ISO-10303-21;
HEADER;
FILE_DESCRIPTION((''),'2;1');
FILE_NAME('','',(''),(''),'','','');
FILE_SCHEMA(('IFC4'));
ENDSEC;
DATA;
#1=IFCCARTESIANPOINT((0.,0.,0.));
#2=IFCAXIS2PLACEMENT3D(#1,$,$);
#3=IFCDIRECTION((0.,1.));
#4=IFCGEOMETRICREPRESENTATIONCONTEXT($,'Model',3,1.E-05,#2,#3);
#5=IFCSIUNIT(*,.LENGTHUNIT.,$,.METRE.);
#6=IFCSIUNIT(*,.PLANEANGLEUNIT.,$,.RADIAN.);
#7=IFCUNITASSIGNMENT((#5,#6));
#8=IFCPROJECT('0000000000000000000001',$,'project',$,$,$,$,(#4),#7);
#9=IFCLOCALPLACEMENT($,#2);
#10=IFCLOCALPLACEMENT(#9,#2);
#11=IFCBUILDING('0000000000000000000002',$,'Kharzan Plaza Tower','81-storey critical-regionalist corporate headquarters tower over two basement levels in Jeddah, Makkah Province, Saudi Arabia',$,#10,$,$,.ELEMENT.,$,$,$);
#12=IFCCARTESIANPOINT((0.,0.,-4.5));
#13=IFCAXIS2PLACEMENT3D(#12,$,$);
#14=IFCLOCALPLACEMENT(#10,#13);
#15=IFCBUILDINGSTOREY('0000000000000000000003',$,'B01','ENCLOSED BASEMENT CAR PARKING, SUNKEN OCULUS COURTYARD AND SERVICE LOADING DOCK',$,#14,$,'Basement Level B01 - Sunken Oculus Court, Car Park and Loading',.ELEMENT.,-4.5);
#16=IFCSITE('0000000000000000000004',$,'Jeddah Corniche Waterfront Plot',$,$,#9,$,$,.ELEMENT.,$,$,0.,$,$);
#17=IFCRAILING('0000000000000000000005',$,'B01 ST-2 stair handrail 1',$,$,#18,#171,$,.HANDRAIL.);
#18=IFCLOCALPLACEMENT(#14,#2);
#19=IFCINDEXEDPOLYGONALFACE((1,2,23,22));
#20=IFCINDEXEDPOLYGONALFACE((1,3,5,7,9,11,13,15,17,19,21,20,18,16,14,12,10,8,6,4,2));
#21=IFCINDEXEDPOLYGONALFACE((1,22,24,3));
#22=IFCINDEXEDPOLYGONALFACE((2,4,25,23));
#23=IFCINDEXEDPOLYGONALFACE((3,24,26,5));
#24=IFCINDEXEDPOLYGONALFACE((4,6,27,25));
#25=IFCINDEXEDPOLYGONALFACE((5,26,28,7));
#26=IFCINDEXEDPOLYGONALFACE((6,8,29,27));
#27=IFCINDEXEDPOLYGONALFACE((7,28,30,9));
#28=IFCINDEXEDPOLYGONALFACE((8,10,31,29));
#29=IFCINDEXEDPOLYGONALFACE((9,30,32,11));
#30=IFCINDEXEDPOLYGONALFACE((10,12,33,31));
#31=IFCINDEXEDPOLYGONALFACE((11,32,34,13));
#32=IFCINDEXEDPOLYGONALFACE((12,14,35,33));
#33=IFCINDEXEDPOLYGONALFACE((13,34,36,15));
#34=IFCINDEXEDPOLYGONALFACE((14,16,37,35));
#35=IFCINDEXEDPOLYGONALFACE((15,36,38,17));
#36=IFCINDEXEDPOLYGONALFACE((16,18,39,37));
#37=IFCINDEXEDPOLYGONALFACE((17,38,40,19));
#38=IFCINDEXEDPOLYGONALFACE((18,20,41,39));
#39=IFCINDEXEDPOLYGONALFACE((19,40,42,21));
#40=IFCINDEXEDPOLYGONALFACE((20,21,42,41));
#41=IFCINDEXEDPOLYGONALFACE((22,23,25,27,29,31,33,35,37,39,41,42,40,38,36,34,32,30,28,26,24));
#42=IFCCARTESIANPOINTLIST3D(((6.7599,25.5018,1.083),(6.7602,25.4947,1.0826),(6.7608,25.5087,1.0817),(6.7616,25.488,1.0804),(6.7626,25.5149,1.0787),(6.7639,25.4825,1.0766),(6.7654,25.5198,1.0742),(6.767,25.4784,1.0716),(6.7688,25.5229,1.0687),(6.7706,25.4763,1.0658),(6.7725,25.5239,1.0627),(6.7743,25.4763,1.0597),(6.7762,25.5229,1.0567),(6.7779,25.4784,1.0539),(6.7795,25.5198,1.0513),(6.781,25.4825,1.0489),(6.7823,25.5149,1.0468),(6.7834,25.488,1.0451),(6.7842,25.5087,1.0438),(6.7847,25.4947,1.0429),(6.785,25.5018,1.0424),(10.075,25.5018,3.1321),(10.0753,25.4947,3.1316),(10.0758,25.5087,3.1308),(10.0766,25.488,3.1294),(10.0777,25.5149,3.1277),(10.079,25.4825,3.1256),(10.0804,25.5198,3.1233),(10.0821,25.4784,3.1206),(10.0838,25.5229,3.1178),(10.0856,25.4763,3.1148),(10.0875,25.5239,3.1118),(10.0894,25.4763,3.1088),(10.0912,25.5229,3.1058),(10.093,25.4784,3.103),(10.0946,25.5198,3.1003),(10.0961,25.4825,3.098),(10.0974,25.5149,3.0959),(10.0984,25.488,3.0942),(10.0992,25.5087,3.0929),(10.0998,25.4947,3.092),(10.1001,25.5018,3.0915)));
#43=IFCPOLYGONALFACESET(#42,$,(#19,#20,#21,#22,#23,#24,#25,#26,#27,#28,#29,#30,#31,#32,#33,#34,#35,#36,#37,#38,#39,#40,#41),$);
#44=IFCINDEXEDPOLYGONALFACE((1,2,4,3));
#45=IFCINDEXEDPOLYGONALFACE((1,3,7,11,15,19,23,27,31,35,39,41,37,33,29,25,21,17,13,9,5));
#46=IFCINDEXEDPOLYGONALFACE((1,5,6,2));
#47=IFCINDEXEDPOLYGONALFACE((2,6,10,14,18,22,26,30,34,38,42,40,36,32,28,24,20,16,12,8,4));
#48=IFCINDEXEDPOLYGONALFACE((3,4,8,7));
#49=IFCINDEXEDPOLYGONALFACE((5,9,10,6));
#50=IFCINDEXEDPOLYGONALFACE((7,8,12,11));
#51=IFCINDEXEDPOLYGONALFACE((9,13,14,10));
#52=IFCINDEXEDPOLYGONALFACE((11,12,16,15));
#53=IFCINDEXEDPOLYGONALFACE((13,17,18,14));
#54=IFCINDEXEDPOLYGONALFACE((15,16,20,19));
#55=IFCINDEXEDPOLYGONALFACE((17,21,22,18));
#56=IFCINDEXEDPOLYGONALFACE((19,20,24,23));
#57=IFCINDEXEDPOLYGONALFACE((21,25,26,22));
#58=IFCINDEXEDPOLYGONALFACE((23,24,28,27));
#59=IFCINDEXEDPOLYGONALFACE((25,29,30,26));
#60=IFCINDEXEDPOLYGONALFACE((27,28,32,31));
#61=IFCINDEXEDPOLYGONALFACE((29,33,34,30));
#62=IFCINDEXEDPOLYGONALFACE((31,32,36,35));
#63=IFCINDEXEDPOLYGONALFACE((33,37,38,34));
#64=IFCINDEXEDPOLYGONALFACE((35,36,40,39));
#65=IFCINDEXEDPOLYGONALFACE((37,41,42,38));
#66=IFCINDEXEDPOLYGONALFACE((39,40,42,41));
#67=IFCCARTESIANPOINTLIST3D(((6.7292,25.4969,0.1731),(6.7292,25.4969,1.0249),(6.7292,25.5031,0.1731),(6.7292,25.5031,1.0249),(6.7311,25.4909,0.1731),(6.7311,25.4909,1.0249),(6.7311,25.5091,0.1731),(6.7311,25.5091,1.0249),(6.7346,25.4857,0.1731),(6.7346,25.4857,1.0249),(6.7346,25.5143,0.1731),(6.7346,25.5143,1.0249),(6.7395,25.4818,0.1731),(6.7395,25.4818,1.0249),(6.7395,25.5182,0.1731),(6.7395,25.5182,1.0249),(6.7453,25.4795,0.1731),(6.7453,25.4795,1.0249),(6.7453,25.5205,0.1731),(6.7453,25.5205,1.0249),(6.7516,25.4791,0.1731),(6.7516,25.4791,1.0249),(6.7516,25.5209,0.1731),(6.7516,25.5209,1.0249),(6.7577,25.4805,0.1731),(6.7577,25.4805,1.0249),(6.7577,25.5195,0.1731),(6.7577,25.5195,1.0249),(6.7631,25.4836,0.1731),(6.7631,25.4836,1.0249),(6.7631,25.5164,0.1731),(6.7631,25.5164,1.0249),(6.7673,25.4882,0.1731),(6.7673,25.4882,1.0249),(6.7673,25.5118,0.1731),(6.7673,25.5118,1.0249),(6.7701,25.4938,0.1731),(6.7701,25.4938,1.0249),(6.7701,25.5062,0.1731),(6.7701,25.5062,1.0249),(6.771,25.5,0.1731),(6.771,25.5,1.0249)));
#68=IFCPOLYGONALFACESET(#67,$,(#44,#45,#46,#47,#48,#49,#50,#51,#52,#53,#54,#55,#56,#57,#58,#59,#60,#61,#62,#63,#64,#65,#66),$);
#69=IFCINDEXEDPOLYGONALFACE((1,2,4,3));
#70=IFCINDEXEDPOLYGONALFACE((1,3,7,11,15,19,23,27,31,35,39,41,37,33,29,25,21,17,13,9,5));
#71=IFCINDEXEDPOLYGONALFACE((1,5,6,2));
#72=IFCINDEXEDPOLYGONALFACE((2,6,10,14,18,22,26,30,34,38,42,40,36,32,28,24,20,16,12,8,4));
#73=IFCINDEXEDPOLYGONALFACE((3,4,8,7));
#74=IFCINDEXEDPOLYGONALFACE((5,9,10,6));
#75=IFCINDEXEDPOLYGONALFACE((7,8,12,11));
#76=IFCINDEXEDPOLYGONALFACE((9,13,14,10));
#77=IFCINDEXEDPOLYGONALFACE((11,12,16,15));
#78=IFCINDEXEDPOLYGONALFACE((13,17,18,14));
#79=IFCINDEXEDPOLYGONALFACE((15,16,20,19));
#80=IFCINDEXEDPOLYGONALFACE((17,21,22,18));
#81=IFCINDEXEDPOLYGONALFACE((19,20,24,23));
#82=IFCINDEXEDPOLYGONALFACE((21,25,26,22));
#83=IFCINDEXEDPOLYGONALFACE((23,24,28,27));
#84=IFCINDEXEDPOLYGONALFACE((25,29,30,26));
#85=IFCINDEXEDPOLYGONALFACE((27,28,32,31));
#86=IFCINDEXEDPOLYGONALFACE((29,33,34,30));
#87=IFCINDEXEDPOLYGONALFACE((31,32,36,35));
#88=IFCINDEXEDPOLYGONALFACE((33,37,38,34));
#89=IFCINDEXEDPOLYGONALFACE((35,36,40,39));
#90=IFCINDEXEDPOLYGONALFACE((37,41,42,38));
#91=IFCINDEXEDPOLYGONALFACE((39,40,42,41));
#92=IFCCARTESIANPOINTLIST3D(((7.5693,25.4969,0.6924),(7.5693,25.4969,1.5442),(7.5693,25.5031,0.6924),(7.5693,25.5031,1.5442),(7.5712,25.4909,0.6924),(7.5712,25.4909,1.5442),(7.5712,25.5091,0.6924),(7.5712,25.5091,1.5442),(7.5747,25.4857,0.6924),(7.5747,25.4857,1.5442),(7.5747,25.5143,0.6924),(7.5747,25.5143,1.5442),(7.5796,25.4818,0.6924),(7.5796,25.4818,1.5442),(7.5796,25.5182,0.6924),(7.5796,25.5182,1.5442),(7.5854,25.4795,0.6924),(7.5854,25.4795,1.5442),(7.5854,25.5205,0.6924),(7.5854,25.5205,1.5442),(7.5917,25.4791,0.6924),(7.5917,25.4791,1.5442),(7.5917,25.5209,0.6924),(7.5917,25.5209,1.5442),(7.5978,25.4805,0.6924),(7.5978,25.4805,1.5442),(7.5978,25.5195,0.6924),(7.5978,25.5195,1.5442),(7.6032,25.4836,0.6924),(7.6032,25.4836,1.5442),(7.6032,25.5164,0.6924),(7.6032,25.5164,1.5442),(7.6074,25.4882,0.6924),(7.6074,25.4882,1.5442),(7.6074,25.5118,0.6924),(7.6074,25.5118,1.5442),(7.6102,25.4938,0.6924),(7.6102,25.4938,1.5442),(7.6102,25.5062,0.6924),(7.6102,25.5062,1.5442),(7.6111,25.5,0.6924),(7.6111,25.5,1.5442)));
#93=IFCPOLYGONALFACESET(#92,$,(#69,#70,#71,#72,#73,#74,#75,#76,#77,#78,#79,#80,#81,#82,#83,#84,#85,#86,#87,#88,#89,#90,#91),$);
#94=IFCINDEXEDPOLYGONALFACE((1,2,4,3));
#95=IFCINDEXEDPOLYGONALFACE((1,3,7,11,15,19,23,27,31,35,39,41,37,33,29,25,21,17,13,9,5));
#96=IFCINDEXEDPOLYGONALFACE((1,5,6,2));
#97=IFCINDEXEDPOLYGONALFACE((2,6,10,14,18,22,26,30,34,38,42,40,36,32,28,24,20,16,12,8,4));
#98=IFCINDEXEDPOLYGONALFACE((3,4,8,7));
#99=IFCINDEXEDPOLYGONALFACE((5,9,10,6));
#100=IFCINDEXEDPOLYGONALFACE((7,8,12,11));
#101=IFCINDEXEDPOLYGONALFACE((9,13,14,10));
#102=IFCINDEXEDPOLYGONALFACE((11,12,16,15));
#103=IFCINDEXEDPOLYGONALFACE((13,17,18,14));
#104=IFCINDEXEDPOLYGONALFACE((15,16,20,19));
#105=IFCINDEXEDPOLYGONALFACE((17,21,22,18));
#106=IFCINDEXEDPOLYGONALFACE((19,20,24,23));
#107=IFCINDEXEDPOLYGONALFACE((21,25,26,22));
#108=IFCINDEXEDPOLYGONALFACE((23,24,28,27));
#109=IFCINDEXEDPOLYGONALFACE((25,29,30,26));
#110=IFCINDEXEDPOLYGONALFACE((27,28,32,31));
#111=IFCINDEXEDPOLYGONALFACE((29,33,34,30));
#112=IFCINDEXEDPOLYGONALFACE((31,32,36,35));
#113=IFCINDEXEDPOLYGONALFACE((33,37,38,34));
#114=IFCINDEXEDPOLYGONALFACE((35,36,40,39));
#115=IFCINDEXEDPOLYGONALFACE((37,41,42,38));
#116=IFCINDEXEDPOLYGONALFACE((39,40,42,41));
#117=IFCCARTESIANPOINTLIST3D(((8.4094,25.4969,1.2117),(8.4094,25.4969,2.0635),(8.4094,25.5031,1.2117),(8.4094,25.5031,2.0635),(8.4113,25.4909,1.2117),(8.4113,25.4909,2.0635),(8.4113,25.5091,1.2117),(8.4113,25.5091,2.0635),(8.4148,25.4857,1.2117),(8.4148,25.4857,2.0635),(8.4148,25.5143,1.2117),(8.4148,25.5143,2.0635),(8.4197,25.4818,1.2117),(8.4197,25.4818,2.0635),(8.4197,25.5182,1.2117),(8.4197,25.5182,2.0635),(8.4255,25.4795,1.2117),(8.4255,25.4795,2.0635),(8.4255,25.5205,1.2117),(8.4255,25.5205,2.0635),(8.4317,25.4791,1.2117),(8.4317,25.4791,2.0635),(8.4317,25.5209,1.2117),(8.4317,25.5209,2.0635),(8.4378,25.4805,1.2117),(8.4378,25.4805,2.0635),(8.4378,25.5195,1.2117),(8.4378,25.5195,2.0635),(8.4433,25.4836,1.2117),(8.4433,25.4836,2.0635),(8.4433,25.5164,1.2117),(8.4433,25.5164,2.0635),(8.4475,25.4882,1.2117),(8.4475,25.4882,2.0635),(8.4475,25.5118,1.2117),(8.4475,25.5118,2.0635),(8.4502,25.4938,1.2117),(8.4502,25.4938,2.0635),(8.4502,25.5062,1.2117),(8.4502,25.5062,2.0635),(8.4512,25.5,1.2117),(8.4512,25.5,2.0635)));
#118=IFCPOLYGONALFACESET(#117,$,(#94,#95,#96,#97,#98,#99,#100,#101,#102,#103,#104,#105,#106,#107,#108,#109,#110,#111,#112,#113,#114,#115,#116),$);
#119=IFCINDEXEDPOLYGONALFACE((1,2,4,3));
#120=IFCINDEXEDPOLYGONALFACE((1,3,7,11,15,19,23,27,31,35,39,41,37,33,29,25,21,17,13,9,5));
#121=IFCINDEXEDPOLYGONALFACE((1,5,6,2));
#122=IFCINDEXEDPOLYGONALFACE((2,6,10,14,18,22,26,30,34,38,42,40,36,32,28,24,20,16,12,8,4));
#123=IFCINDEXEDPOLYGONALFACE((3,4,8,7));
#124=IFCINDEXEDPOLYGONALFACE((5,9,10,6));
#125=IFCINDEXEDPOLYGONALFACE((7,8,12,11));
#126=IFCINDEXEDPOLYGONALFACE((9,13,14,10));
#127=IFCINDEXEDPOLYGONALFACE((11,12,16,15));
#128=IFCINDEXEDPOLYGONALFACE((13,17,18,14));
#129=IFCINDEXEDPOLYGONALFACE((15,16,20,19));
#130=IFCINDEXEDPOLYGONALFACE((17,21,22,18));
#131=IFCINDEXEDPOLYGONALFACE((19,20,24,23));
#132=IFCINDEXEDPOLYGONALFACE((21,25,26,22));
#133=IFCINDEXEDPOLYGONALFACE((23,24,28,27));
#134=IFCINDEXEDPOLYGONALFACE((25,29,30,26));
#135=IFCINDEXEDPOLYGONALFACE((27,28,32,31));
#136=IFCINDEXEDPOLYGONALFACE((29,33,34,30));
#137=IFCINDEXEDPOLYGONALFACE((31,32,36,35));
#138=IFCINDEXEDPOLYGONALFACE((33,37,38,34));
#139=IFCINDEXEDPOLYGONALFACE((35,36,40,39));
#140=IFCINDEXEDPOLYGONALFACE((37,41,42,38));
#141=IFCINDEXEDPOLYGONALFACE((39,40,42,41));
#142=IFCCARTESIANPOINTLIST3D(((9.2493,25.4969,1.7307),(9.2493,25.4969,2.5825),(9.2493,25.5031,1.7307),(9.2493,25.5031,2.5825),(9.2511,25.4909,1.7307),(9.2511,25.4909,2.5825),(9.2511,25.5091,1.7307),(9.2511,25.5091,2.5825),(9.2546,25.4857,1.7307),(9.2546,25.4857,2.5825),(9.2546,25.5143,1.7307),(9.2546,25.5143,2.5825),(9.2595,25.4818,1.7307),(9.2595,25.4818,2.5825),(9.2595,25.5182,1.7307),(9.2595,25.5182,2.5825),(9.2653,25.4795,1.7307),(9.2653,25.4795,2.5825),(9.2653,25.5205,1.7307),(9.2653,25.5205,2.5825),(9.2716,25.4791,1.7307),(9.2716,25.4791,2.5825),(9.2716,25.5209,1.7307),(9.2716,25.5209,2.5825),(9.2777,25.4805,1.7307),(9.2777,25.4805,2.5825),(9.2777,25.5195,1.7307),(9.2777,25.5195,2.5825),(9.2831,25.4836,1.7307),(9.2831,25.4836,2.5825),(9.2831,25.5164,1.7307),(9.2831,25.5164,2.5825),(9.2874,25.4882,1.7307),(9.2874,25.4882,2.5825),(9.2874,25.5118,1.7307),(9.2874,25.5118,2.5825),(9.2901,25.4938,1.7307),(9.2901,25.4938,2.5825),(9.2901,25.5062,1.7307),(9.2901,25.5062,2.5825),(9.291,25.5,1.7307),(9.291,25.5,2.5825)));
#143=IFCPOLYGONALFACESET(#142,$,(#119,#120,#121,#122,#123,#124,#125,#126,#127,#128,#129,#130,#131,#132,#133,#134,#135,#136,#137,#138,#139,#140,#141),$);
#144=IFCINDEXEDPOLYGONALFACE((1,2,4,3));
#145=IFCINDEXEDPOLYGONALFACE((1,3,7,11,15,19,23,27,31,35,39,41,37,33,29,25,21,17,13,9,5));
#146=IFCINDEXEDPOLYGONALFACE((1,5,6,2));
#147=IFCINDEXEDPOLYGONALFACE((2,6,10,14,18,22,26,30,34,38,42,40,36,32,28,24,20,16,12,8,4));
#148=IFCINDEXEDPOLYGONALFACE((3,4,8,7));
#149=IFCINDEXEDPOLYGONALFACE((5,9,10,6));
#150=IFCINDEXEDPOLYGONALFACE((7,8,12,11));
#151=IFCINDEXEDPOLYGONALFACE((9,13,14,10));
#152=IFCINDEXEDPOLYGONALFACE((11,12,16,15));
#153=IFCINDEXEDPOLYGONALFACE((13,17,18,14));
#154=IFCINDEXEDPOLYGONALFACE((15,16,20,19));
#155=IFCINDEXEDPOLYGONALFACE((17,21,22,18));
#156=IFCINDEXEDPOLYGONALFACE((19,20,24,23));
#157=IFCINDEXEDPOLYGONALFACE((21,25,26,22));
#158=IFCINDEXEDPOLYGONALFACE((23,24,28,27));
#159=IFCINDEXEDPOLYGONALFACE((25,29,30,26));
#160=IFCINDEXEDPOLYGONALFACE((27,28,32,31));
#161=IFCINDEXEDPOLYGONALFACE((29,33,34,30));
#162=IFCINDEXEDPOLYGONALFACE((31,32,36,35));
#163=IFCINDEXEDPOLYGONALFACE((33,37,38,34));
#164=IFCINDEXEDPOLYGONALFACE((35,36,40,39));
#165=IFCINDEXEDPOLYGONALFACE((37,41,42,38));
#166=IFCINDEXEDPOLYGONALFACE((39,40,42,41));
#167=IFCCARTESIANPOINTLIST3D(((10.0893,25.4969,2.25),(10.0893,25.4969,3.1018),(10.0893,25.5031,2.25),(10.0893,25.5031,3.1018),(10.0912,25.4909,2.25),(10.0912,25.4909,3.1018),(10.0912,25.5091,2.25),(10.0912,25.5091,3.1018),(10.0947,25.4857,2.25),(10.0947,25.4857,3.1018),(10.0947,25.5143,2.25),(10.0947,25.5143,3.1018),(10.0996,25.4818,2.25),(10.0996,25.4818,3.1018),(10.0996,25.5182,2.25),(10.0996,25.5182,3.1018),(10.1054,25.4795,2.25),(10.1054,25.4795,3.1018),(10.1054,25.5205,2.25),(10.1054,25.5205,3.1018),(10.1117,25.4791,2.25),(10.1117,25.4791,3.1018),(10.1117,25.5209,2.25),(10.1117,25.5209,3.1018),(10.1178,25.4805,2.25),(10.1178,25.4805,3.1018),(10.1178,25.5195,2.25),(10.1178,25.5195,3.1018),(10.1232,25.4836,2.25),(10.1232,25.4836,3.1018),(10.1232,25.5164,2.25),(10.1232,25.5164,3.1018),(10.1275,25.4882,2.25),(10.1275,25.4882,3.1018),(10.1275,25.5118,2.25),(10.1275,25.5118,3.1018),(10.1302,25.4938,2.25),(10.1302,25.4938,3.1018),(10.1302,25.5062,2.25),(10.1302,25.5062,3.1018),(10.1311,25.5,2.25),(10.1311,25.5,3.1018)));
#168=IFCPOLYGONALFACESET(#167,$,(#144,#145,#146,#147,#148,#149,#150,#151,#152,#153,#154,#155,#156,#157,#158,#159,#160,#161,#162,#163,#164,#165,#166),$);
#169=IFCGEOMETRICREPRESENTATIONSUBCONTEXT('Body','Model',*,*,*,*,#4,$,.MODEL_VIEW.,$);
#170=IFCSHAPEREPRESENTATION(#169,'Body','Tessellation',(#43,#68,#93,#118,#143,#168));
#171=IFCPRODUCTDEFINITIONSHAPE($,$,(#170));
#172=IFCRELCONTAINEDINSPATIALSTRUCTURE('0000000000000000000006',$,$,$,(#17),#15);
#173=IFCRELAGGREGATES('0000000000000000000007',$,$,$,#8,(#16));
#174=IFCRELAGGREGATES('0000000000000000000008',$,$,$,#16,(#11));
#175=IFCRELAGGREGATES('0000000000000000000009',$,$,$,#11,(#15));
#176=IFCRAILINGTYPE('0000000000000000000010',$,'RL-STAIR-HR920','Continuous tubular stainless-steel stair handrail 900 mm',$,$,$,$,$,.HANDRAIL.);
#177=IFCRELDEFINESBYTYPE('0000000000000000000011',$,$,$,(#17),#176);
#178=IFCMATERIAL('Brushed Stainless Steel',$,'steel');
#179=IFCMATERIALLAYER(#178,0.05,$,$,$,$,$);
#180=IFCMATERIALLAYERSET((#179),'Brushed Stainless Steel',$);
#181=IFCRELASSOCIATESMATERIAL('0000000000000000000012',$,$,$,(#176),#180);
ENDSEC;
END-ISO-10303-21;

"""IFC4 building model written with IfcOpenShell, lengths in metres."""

from ifc_helpers import new_model, si_unit, direction, frame, origin, origin_2d, place, context, subcontext, project, spatial, circle, extrude, source, transform, mapped, material, layer, layer_set, type_object, element, save


model = new_model("IFC4")

# Units and contexts
model_context = context("Model", 3, precision=1e-05, world=origin(), true_north=direction((0.0, 1.0)))
body_context = subcontext(model_context, "Body", "Model", "MODEL_VIEW")
ifc_project = project(units=[si_unit("LENGTHUNIT", "METRE"), si_unit("PLANEANGLEUNIT", "RADIAN")], contexts=[model_context])

# Site, building, storey
site_placement = place(None, origin())
site = spatial("IfcSite", under=ifc_project, at=site_placement, Name="Jeddah Corniche Waterfront Plot", CompositionType="ELEMENT", RefElevation=0.0)
building_placement = place(site_placement, origin())
building = spatial("IfcBuilding", under=site, at=building_placement, Name="Kharzan Plaza Tower", Description="81-storey critical-regionalist corporate headquarters tower over two basement levels in Jeddah, Makkah Province, Saudi Arabia", CompositionType="ELEMENT")
storey_placement = place(building_placement, frame((0.0, 0.0, -4.5)))
storey = spatial("IfcBuildingStorey", under=building, at=storey_placement, Name="B01", Description="ENCLOSED BASEMENT CAR PARKING, SUNKEN OCULUS COURTYARD AND SERVICE LOADING DOCK", LongName="Basement Level B01 - Sunken Oculus Court, Car Park and Loading", CompositionType="ELEMENT", Elevation=-4.5)

# Railing
ifc_material_1 = material(Name="Brushed Stainless Steel", Category="steel")
ifc_layer_1 = layer(ifc_material_1, 0.05)
ifc_layer_set_1 = layer_set([ifc_layer_1], Name="Brushed Stainless Steel")
railing_type_1 = type_object("IfcRailingType", Name="RL-STAIR-HR920", Description="Continuous tubular stainless-steel stair handrail 900 mm", PredefinedType="HANDRAIL", material=ifc_layer_set_1)
shared_shape_1 = source(origin(), body_context, "Body", "SweptSolid", [
    extrude(circle(Radius=0.0239, at=origin_2d()), frame((0.0225, 0.0, 0.8896), z_axis=(0.850623, 0.0, 0.525776), x_axis=(0.0, 1.0, 0.0)), (0.0, 0.0, 1.0), 3.8972),
    extrude(circle(Radius=0.021, at=origin_2d()), origin(), (0.0, 0.0, 1.0), 0.8518),
    extrude(circle(Radius=0.021, at=origin_2d()), frame((0.8401, 0.0, 0.5193)), (0.0, 0.0, 1.0), 0.8518),
    extrude(circle(Radius=0.021, at=origin_2d()), frame((1.6802, 0.0, 1.0386)), (0.0, 0.0, 1.0), 0.8518),
    extrude(circle(Radius=0.021, at=origin_2d()), frame((2.52, 0.0, 1.5576)), (0.0, 0.0, 1.0), 0.8518),
    extrude(circle(Radius=0.021, at=origin_2d()), frame((3.3601, 0.0, 2.0769)), (0.0, 0.0, 1.0), 0.8518),
])
railing_1_placement = place(storey_placement, frame((6.75, 25.5, 0.1731)))
element("IfcRailing", 1, at=railing_1_placement, inside=storey, type_object=railing_type_1, Name="B01 ST-2 stair handrail 1", PredefinedType="HANDRAIL", context=body_context, shape_type="MappedRepresentation", body=[
    mapped(shared_shape_1, transform((0.0, 0.0, 0.0), x_axis=(1.0, 0.0, 0.0), y_axis=(0.0, 1.0, 0.0), z_axis=(0.0, 0.0, 1.0))),
])

save(model, "model.ifc")
